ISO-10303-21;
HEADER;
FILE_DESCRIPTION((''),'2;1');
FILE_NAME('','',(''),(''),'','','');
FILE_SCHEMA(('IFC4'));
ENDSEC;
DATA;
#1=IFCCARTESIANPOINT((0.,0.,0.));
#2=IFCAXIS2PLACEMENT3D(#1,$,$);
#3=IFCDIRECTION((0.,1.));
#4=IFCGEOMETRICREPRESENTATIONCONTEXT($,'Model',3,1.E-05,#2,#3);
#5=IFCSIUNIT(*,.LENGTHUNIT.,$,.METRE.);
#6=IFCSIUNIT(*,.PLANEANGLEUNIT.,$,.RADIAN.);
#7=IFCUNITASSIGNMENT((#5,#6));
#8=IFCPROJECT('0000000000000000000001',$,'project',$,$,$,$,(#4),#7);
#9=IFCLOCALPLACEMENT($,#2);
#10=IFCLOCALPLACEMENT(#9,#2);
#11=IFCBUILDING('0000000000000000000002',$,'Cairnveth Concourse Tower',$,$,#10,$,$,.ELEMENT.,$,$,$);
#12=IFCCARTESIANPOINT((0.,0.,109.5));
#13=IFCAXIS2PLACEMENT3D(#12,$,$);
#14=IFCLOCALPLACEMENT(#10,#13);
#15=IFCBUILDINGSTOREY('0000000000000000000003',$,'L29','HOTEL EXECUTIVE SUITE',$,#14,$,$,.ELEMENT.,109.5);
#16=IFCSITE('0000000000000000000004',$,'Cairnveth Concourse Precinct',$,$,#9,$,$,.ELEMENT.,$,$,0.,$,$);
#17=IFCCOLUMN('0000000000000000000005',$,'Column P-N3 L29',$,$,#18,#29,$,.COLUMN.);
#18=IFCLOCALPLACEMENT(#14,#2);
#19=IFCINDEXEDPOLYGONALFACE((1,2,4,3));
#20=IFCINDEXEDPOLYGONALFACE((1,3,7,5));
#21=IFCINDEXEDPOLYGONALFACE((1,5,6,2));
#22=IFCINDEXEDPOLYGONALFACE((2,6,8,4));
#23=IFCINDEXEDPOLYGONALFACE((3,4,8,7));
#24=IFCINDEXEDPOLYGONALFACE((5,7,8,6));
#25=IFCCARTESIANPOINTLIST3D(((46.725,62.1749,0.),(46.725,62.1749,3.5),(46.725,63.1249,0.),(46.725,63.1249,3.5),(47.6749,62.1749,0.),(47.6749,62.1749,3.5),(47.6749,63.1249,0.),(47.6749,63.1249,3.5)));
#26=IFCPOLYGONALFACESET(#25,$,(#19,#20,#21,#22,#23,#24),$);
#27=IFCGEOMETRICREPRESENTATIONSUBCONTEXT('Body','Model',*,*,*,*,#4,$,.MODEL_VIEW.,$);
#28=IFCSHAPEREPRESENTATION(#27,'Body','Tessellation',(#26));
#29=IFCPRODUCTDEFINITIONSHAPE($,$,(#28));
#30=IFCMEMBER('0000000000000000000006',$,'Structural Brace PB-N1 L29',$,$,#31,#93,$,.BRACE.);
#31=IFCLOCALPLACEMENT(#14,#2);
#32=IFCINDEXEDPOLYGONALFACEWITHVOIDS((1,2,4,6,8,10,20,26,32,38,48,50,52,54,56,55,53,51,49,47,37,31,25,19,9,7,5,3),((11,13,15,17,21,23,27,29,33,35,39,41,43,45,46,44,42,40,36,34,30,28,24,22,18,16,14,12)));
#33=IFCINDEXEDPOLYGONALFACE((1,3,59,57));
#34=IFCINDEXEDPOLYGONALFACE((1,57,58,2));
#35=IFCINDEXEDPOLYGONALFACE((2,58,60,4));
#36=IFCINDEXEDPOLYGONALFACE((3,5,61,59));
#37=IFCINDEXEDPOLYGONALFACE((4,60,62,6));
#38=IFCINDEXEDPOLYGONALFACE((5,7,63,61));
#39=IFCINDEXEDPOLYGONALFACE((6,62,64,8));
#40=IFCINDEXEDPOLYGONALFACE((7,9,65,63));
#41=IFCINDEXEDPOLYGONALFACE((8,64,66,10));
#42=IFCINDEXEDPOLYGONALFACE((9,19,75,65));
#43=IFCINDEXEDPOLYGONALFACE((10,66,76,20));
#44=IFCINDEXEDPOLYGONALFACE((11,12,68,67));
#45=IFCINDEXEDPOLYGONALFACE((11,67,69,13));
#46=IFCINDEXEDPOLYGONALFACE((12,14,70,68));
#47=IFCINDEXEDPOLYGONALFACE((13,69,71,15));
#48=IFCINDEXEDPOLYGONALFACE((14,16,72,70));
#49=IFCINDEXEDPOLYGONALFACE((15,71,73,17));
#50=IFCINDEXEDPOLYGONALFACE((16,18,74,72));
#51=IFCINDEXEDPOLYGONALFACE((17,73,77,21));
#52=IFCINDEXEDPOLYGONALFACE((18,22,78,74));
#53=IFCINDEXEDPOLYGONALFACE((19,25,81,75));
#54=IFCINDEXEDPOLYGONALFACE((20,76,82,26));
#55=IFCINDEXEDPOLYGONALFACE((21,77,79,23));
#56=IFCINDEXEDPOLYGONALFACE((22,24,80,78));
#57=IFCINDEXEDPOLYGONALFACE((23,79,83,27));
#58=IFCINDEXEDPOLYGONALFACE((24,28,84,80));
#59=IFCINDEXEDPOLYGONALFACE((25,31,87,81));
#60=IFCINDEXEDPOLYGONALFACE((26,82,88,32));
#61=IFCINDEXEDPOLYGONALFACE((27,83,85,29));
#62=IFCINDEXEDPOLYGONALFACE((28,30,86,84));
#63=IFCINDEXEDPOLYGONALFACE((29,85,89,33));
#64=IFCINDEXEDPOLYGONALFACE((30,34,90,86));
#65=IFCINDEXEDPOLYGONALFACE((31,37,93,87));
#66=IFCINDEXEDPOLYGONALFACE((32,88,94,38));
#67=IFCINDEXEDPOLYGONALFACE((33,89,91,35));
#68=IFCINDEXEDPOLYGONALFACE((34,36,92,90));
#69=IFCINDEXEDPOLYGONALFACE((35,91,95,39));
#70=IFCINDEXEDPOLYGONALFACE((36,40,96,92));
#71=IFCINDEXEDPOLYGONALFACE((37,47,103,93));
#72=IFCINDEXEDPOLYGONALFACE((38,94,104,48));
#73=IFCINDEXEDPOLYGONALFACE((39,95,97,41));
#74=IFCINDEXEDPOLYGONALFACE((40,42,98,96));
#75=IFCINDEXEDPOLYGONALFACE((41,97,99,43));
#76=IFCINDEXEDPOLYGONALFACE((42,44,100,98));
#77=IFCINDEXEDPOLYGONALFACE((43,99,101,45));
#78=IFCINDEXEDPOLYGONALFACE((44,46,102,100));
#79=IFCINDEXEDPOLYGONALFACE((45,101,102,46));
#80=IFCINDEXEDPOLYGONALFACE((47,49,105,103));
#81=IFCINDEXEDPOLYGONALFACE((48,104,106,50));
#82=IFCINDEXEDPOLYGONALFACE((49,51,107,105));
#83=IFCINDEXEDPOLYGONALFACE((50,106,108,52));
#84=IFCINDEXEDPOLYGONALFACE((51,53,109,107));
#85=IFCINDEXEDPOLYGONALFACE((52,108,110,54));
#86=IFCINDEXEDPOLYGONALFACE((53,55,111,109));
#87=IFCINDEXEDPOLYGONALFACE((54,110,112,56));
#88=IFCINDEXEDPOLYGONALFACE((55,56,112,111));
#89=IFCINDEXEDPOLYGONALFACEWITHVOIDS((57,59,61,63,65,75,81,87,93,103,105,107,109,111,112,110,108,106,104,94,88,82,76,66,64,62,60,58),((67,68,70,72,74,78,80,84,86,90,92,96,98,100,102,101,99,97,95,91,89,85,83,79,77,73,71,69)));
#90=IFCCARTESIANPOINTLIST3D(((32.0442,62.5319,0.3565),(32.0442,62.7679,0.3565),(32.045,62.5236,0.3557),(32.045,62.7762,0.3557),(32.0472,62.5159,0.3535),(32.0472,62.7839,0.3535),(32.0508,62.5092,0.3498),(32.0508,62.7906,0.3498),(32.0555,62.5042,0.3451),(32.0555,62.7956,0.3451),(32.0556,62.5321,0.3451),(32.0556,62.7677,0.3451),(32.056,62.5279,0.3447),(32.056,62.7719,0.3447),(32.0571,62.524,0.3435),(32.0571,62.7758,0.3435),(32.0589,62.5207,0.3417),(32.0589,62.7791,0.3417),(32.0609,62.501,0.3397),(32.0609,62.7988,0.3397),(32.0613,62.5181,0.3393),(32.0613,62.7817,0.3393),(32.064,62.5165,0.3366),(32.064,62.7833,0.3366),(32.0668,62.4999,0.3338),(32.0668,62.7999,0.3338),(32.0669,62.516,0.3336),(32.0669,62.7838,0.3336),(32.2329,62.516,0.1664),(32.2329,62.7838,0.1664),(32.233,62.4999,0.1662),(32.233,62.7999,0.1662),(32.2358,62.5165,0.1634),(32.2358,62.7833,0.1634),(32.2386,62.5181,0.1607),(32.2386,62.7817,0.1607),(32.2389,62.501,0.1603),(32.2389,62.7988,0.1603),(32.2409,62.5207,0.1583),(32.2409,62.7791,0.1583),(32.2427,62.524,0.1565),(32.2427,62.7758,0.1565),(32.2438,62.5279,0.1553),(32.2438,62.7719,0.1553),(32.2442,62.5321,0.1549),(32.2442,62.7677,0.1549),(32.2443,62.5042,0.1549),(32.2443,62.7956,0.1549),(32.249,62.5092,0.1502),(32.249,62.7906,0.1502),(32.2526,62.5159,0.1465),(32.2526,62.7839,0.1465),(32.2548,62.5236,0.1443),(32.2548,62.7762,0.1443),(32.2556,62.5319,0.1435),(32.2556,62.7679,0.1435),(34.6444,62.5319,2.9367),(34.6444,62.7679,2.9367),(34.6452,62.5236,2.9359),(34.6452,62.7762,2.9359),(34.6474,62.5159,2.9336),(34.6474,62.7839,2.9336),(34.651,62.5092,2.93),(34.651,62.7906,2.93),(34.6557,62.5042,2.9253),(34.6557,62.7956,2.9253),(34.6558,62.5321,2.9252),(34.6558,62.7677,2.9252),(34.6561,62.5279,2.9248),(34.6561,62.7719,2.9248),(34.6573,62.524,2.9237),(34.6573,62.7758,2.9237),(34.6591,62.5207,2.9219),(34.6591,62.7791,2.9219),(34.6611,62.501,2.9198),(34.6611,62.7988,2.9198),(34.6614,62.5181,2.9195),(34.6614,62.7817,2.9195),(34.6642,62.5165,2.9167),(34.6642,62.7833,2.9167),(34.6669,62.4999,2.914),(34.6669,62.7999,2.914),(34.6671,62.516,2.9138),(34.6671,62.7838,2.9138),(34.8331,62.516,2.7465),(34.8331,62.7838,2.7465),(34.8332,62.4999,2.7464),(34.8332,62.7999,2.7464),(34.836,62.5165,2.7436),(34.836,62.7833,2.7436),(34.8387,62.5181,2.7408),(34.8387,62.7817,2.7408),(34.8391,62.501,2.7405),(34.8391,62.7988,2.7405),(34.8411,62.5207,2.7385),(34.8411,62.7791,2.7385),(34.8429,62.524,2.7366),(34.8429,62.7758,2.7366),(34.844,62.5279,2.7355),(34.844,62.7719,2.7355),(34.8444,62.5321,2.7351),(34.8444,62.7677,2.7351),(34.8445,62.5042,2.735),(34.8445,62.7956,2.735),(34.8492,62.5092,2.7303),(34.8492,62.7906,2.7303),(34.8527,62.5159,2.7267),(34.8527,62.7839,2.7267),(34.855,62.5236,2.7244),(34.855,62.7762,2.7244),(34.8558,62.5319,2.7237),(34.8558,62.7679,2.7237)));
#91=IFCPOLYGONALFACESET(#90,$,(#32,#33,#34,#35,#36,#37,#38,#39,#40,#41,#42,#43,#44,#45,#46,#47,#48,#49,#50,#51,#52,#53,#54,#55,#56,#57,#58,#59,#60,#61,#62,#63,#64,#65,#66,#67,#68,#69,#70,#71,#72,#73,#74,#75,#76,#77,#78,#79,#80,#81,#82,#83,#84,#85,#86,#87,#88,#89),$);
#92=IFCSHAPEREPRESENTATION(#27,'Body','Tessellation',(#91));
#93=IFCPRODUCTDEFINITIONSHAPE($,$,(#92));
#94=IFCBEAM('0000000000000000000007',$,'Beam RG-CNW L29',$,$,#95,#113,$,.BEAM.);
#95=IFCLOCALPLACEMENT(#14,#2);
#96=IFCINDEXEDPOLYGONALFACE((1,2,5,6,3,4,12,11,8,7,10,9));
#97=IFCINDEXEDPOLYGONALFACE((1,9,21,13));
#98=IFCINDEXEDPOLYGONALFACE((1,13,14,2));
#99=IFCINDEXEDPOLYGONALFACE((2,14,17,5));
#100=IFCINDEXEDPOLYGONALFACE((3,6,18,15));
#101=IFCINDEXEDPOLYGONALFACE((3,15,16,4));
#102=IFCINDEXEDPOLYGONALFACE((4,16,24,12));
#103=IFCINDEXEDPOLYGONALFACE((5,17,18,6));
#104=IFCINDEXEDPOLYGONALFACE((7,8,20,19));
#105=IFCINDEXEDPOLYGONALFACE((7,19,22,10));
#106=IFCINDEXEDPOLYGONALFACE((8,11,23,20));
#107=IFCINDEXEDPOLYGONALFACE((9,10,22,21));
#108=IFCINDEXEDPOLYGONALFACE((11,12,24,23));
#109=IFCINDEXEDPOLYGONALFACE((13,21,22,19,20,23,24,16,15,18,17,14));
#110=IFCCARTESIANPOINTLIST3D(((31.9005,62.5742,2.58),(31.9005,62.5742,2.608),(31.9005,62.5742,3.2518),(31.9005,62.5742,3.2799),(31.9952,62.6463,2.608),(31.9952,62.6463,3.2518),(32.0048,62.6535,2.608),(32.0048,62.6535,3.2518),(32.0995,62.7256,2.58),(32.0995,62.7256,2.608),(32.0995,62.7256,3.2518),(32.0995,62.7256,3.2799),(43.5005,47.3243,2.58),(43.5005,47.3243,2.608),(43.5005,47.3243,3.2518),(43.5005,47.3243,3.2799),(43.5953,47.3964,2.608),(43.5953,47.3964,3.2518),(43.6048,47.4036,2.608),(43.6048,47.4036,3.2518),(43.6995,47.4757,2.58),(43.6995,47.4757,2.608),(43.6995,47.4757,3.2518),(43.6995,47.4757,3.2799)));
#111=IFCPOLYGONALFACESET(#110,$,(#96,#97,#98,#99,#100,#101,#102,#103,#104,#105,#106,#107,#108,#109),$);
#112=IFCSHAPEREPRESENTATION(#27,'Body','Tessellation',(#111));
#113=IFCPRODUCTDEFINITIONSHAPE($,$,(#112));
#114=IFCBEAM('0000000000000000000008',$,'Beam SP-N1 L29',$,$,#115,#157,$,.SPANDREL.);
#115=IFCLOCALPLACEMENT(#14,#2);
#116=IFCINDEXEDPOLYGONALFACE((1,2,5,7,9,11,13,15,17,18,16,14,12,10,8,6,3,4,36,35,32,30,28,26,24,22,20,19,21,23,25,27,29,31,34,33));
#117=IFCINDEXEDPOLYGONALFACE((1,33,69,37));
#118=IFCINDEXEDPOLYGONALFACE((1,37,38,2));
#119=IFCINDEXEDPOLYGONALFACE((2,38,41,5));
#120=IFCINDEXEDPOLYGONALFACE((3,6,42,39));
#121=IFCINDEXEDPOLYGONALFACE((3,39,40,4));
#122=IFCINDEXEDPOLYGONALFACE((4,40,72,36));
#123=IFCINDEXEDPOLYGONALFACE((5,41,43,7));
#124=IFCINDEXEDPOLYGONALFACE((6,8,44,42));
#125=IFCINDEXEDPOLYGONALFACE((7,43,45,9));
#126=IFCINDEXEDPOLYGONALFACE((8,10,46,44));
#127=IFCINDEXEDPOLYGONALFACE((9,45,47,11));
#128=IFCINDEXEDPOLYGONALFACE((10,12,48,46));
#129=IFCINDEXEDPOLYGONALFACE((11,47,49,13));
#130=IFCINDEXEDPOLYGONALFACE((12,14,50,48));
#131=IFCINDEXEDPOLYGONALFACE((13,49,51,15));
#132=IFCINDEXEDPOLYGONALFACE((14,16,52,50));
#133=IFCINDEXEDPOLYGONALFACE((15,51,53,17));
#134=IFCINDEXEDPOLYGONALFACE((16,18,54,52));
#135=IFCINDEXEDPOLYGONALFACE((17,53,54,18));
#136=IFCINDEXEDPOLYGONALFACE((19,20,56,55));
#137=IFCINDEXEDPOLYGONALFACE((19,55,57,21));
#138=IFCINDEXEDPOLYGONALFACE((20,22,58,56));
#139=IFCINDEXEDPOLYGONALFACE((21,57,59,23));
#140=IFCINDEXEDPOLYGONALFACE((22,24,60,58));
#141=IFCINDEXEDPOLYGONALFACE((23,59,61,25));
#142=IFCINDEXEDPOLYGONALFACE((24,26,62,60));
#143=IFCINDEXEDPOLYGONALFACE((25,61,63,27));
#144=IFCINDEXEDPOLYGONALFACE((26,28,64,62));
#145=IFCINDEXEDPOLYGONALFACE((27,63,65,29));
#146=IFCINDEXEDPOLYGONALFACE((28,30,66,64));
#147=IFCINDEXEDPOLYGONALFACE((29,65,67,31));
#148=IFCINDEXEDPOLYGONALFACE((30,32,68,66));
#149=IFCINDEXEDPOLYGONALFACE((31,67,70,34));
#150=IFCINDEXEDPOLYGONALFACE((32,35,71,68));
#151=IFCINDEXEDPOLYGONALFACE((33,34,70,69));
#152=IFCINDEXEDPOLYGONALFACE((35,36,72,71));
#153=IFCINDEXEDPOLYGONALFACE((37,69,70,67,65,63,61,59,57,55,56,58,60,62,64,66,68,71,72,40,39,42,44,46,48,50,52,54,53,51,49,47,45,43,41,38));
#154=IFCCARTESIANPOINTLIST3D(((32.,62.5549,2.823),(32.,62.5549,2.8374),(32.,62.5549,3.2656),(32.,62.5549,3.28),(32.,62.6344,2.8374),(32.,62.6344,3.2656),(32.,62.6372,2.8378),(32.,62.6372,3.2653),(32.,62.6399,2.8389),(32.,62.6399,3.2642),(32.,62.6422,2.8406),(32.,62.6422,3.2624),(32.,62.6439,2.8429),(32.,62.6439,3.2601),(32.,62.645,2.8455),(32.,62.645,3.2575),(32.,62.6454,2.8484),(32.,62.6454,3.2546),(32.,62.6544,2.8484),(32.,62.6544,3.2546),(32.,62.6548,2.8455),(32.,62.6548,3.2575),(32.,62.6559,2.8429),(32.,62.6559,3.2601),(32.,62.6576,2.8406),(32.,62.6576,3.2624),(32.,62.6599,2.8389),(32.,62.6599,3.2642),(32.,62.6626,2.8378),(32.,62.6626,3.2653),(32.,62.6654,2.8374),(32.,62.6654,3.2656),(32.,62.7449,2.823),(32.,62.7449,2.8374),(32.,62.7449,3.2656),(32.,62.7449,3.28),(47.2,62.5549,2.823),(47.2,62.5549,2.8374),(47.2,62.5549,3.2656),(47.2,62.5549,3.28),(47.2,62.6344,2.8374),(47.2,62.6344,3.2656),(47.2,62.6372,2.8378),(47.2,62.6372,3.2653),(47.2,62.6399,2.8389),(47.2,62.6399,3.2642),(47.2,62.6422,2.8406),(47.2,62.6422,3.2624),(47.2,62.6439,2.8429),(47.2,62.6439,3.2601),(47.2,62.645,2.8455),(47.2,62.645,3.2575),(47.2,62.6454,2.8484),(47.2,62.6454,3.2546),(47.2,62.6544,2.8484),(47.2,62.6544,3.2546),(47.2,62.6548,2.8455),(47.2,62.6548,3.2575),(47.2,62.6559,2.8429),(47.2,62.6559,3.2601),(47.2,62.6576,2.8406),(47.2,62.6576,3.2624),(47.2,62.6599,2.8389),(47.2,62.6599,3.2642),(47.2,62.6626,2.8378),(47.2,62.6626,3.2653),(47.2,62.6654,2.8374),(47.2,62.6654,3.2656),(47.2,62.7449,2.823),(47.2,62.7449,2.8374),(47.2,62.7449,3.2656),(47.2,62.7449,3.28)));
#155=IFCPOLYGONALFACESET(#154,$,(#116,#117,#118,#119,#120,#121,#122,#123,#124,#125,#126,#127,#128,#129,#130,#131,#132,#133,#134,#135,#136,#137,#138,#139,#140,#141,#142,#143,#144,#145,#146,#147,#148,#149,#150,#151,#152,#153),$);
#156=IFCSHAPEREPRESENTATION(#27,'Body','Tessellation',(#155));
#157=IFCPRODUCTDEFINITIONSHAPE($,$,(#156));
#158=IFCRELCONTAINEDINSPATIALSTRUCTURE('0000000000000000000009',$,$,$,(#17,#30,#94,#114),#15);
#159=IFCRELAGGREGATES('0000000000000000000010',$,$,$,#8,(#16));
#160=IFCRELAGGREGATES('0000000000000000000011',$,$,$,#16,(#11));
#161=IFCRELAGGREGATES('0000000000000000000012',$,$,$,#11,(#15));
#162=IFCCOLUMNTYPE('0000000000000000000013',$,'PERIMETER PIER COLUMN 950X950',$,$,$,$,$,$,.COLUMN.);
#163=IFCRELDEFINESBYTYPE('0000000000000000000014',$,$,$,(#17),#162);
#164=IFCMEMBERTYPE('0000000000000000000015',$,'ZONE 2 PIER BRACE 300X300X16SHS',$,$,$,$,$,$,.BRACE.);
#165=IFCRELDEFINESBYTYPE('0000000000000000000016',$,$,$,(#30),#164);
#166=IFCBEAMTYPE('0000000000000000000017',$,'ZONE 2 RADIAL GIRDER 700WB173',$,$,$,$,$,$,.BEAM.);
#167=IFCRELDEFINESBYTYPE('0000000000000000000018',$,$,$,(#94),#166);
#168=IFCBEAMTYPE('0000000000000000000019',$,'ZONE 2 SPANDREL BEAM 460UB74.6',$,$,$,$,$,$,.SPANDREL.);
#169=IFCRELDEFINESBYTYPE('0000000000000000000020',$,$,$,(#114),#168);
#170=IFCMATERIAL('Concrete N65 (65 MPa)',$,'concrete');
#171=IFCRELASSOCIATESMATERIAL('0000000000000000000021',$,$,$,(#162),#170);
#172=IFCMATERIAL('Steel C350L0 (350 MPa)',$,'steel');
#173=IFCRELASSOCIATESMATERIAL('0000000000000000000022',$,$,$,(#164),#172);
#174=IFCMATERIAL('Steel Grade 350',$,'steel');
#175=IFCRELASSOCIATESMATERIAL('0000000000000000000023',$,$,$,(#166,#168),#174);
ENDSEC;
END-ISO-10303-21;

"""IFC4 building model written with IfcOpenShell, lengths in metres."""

from ifc_helpers import new_model, si_unit, direction, frame, origin, origin_2d, place, context, subcontext, project, spatial, rectangle, hollow_rectangle, i_section, extrude, material, material_profile, profile_set, type_object, element, save


model = new_model("IFC4")

# Units and contexts
model_context = context("Model", 3, precision=1e-05, world=origin(), true_north=direction((0.0, 1.0)))
body_context = subcontext(model_context, "Body", "Model", "MODEL_VIEW")
ifc_project = project(units=[si_unit("LENGTHUNIT", "METRE"), si_unit("PLANEANGLEUNIT", "RADIAN")], contexts=[model_context])

# Site, building, storey
site_placement = place(None, origin())
site = spatial("IfcSite", under=ifc_project, at=site_placement, Name="Cairnveth Concourse Precinct", CompositionType="ELEMENT", RefElevation=0.0)
building_placement = place(site_placement, origin())
building = spatial("IfcBuilding", under=site, at=building_placement, Name="Cairnveth Concourse Tower", CompositionType="ELEMENT")
storey_placement = place(building_placement, frame((0.0, 0.0, 109.5)))
storey = spatial("IfcBuildingStorey", under=building, at=storey_placement, Name="L29", Description="HOTEL EXECUTIVE SUITE", CompositionType="ELEMENT", Elevation=109.5)

# Column
ifc_material_1 = material(Name="Concrete N65 (65 MPa)", Category="concrete")
ifc_material_profile_1 = material_profile(ifc_material_1, rectangle(XDim=0.95, YDim=0.95, at=origin_2d()), Name="RC-COL-950x950")
ifc_profile_set_1 = profile_set([ifc_material_profile_1], Name="Concrete N65 (65 MPa)")
column_type = type_object("IfcColumnType", Name="PERIMETER PIER COLUMN 950X950", PredefinedType="COLUMN", material=ifc_profile_set_1)
column_placement = place(storey_placement, frame((47.2, 62.6499, 0.0), z_axis=(0.0, 0.0, 1.0), x_axis=(1.0, 0.0, 0.0)))
element("IfcColumn", 1, at=column_placement, inside=storey, type_object=column_type, Name="Column P-N3 L29", PredefinedType="COLUMN", context=body_context, shape_type="SweptSolid", body=[
    extrude(rectangle(XDim=0.95, YDim=0.95, at=origin_2d()), origin(), (0.0, 0.0, 1.0), 3.5),
])

# Member
ifc_material_2 = material(Name="Steel C350L0 (350 MPa)", Category="steel")
ifc_material_profile_2 = material_profile(ifc_material_2, hollow_rectangle(XDim=0.3, YDim=0.3, WallThickness=0.0161, InnerFilletRadius=0.0161, OuterFilletRadius=0.032, at=origin_2d()), Name="300x300x16.0SHS")
ifc_profile_set_2 = profile_set([ifc_material_profile_2], Name="Steel C350L0 (350 MPa)")
member_type = type_object("IfcMemberType", Name="ZONE 2 PIER BRACE 300X300X16SHS", PredefinedType="BRACE", material=ifc_profile_set_2)
member_placement = place(storey_placement, frame((32.1499, 62.6499, 0.25), z_axis=(0.709834, 0.0, 0.704369), x_axis=(0.0, 1.0, 0.0)))
element("IfcMember", 2, at=member_placement, inside=storey, type_object=member_type, Name="Structural Brace PB-N1 L29", PredefinedType="BRACE", context=body_context, shape_type="SweptSolid", body=[
    extrude(hollow_rectangle(XDim=0.3, YDim=0.3, WallThickness=0.0161, InnerFilletRadius=0.0161, OuterFilletRadius=0.032, at=origin_2d()), origin(), (0.0, 0.0, 1.0), 3.6631),
])

# Beams
ifc_material_3 = material(Name="Steel Grade 350", Category="steel")
ifc_material_profile_3 = material_profile(ifc_material_3, i_section(OverallWidth=0.25, OverallDepth=0.7, WebThickness=0.012, FlangeThickness=0.0281, at=origin_2d()), Name="700WB173")
ifc_profile_set_3 = profile_set([ifc_material_profile_3], Name="Steel Grade 350")
beam_type_1 = type_object("IfcBeamType", Name="ZONE 2 RADIAL GIRDER 700WB173", PredefinedType="BEAM", material=ifc_profile_set_3)
beam_1_placement = place(storey_placement, frame((32.0, 62.6499, 2.9299), z_axis=(0.605417, -0.795908, 0.0), x_axis=(0.795908, 0.605417, 0.0)))
element("IfcBeam", 3, at=beam_1_placement, inside=storey, type_object=beam_type_1, Name="Beam RG-CNW L29", PredefinedType="BEAM", context=body_context, shape_type="SweptSolid", body=[
    extrude(i_section(OverallWidth=0.25, OverallDepth=0.7, WebThickness=0.012, FlangeThickness=0.0281, at=origin_2d()), origin(), (0.0, 0.0, 1.0), 19.1604),
])
ifc_material_profile_4 = material_profile(ifc_material_3, i_section(OverallWidth=0.1899, OverallDepth=0.457, WebThickness=0.009, FlangeThickness=0.0144, FilletRadius=0.011, at=origin_2d()), Name="460UB74.6")
ifc_profile_set_4 = profile_set([ifc_material_profile_4], Name="Steel Grade 350")
beam_type_2 = type_object("IfcBeamType", Name="ZONE 2 SPANDREL BEAM 460UB74.6", PredefinedType="SPANDREL", material=ifc_profile_set_4)
beam_2_placement = place(storey_placement, frame((32.0, 62.6499, 3.0515), z_axis=(1.0, 0.0, 0.0), x_axis=(0.0, 1.0, 0.0)))
element("IfcBeam", 4, at=beam_2_placement, inside=storey, type_object=beam_type_2, Name="Beam SP-N1 L29", PredefinedType="SPANDREL", context=body_context, shape_type="SweptSolid", body=[
    extrude(i_section(OverallWidth=0.1899, OverallDepth=0.457, WebThickness=0.009, FlangeThickness=0.0144, FilletRadius=0.011, at=origin_2d()), origin(), (0.0, 0.0, 1.0), 15.2),
])

save(model, "model.ifc")
